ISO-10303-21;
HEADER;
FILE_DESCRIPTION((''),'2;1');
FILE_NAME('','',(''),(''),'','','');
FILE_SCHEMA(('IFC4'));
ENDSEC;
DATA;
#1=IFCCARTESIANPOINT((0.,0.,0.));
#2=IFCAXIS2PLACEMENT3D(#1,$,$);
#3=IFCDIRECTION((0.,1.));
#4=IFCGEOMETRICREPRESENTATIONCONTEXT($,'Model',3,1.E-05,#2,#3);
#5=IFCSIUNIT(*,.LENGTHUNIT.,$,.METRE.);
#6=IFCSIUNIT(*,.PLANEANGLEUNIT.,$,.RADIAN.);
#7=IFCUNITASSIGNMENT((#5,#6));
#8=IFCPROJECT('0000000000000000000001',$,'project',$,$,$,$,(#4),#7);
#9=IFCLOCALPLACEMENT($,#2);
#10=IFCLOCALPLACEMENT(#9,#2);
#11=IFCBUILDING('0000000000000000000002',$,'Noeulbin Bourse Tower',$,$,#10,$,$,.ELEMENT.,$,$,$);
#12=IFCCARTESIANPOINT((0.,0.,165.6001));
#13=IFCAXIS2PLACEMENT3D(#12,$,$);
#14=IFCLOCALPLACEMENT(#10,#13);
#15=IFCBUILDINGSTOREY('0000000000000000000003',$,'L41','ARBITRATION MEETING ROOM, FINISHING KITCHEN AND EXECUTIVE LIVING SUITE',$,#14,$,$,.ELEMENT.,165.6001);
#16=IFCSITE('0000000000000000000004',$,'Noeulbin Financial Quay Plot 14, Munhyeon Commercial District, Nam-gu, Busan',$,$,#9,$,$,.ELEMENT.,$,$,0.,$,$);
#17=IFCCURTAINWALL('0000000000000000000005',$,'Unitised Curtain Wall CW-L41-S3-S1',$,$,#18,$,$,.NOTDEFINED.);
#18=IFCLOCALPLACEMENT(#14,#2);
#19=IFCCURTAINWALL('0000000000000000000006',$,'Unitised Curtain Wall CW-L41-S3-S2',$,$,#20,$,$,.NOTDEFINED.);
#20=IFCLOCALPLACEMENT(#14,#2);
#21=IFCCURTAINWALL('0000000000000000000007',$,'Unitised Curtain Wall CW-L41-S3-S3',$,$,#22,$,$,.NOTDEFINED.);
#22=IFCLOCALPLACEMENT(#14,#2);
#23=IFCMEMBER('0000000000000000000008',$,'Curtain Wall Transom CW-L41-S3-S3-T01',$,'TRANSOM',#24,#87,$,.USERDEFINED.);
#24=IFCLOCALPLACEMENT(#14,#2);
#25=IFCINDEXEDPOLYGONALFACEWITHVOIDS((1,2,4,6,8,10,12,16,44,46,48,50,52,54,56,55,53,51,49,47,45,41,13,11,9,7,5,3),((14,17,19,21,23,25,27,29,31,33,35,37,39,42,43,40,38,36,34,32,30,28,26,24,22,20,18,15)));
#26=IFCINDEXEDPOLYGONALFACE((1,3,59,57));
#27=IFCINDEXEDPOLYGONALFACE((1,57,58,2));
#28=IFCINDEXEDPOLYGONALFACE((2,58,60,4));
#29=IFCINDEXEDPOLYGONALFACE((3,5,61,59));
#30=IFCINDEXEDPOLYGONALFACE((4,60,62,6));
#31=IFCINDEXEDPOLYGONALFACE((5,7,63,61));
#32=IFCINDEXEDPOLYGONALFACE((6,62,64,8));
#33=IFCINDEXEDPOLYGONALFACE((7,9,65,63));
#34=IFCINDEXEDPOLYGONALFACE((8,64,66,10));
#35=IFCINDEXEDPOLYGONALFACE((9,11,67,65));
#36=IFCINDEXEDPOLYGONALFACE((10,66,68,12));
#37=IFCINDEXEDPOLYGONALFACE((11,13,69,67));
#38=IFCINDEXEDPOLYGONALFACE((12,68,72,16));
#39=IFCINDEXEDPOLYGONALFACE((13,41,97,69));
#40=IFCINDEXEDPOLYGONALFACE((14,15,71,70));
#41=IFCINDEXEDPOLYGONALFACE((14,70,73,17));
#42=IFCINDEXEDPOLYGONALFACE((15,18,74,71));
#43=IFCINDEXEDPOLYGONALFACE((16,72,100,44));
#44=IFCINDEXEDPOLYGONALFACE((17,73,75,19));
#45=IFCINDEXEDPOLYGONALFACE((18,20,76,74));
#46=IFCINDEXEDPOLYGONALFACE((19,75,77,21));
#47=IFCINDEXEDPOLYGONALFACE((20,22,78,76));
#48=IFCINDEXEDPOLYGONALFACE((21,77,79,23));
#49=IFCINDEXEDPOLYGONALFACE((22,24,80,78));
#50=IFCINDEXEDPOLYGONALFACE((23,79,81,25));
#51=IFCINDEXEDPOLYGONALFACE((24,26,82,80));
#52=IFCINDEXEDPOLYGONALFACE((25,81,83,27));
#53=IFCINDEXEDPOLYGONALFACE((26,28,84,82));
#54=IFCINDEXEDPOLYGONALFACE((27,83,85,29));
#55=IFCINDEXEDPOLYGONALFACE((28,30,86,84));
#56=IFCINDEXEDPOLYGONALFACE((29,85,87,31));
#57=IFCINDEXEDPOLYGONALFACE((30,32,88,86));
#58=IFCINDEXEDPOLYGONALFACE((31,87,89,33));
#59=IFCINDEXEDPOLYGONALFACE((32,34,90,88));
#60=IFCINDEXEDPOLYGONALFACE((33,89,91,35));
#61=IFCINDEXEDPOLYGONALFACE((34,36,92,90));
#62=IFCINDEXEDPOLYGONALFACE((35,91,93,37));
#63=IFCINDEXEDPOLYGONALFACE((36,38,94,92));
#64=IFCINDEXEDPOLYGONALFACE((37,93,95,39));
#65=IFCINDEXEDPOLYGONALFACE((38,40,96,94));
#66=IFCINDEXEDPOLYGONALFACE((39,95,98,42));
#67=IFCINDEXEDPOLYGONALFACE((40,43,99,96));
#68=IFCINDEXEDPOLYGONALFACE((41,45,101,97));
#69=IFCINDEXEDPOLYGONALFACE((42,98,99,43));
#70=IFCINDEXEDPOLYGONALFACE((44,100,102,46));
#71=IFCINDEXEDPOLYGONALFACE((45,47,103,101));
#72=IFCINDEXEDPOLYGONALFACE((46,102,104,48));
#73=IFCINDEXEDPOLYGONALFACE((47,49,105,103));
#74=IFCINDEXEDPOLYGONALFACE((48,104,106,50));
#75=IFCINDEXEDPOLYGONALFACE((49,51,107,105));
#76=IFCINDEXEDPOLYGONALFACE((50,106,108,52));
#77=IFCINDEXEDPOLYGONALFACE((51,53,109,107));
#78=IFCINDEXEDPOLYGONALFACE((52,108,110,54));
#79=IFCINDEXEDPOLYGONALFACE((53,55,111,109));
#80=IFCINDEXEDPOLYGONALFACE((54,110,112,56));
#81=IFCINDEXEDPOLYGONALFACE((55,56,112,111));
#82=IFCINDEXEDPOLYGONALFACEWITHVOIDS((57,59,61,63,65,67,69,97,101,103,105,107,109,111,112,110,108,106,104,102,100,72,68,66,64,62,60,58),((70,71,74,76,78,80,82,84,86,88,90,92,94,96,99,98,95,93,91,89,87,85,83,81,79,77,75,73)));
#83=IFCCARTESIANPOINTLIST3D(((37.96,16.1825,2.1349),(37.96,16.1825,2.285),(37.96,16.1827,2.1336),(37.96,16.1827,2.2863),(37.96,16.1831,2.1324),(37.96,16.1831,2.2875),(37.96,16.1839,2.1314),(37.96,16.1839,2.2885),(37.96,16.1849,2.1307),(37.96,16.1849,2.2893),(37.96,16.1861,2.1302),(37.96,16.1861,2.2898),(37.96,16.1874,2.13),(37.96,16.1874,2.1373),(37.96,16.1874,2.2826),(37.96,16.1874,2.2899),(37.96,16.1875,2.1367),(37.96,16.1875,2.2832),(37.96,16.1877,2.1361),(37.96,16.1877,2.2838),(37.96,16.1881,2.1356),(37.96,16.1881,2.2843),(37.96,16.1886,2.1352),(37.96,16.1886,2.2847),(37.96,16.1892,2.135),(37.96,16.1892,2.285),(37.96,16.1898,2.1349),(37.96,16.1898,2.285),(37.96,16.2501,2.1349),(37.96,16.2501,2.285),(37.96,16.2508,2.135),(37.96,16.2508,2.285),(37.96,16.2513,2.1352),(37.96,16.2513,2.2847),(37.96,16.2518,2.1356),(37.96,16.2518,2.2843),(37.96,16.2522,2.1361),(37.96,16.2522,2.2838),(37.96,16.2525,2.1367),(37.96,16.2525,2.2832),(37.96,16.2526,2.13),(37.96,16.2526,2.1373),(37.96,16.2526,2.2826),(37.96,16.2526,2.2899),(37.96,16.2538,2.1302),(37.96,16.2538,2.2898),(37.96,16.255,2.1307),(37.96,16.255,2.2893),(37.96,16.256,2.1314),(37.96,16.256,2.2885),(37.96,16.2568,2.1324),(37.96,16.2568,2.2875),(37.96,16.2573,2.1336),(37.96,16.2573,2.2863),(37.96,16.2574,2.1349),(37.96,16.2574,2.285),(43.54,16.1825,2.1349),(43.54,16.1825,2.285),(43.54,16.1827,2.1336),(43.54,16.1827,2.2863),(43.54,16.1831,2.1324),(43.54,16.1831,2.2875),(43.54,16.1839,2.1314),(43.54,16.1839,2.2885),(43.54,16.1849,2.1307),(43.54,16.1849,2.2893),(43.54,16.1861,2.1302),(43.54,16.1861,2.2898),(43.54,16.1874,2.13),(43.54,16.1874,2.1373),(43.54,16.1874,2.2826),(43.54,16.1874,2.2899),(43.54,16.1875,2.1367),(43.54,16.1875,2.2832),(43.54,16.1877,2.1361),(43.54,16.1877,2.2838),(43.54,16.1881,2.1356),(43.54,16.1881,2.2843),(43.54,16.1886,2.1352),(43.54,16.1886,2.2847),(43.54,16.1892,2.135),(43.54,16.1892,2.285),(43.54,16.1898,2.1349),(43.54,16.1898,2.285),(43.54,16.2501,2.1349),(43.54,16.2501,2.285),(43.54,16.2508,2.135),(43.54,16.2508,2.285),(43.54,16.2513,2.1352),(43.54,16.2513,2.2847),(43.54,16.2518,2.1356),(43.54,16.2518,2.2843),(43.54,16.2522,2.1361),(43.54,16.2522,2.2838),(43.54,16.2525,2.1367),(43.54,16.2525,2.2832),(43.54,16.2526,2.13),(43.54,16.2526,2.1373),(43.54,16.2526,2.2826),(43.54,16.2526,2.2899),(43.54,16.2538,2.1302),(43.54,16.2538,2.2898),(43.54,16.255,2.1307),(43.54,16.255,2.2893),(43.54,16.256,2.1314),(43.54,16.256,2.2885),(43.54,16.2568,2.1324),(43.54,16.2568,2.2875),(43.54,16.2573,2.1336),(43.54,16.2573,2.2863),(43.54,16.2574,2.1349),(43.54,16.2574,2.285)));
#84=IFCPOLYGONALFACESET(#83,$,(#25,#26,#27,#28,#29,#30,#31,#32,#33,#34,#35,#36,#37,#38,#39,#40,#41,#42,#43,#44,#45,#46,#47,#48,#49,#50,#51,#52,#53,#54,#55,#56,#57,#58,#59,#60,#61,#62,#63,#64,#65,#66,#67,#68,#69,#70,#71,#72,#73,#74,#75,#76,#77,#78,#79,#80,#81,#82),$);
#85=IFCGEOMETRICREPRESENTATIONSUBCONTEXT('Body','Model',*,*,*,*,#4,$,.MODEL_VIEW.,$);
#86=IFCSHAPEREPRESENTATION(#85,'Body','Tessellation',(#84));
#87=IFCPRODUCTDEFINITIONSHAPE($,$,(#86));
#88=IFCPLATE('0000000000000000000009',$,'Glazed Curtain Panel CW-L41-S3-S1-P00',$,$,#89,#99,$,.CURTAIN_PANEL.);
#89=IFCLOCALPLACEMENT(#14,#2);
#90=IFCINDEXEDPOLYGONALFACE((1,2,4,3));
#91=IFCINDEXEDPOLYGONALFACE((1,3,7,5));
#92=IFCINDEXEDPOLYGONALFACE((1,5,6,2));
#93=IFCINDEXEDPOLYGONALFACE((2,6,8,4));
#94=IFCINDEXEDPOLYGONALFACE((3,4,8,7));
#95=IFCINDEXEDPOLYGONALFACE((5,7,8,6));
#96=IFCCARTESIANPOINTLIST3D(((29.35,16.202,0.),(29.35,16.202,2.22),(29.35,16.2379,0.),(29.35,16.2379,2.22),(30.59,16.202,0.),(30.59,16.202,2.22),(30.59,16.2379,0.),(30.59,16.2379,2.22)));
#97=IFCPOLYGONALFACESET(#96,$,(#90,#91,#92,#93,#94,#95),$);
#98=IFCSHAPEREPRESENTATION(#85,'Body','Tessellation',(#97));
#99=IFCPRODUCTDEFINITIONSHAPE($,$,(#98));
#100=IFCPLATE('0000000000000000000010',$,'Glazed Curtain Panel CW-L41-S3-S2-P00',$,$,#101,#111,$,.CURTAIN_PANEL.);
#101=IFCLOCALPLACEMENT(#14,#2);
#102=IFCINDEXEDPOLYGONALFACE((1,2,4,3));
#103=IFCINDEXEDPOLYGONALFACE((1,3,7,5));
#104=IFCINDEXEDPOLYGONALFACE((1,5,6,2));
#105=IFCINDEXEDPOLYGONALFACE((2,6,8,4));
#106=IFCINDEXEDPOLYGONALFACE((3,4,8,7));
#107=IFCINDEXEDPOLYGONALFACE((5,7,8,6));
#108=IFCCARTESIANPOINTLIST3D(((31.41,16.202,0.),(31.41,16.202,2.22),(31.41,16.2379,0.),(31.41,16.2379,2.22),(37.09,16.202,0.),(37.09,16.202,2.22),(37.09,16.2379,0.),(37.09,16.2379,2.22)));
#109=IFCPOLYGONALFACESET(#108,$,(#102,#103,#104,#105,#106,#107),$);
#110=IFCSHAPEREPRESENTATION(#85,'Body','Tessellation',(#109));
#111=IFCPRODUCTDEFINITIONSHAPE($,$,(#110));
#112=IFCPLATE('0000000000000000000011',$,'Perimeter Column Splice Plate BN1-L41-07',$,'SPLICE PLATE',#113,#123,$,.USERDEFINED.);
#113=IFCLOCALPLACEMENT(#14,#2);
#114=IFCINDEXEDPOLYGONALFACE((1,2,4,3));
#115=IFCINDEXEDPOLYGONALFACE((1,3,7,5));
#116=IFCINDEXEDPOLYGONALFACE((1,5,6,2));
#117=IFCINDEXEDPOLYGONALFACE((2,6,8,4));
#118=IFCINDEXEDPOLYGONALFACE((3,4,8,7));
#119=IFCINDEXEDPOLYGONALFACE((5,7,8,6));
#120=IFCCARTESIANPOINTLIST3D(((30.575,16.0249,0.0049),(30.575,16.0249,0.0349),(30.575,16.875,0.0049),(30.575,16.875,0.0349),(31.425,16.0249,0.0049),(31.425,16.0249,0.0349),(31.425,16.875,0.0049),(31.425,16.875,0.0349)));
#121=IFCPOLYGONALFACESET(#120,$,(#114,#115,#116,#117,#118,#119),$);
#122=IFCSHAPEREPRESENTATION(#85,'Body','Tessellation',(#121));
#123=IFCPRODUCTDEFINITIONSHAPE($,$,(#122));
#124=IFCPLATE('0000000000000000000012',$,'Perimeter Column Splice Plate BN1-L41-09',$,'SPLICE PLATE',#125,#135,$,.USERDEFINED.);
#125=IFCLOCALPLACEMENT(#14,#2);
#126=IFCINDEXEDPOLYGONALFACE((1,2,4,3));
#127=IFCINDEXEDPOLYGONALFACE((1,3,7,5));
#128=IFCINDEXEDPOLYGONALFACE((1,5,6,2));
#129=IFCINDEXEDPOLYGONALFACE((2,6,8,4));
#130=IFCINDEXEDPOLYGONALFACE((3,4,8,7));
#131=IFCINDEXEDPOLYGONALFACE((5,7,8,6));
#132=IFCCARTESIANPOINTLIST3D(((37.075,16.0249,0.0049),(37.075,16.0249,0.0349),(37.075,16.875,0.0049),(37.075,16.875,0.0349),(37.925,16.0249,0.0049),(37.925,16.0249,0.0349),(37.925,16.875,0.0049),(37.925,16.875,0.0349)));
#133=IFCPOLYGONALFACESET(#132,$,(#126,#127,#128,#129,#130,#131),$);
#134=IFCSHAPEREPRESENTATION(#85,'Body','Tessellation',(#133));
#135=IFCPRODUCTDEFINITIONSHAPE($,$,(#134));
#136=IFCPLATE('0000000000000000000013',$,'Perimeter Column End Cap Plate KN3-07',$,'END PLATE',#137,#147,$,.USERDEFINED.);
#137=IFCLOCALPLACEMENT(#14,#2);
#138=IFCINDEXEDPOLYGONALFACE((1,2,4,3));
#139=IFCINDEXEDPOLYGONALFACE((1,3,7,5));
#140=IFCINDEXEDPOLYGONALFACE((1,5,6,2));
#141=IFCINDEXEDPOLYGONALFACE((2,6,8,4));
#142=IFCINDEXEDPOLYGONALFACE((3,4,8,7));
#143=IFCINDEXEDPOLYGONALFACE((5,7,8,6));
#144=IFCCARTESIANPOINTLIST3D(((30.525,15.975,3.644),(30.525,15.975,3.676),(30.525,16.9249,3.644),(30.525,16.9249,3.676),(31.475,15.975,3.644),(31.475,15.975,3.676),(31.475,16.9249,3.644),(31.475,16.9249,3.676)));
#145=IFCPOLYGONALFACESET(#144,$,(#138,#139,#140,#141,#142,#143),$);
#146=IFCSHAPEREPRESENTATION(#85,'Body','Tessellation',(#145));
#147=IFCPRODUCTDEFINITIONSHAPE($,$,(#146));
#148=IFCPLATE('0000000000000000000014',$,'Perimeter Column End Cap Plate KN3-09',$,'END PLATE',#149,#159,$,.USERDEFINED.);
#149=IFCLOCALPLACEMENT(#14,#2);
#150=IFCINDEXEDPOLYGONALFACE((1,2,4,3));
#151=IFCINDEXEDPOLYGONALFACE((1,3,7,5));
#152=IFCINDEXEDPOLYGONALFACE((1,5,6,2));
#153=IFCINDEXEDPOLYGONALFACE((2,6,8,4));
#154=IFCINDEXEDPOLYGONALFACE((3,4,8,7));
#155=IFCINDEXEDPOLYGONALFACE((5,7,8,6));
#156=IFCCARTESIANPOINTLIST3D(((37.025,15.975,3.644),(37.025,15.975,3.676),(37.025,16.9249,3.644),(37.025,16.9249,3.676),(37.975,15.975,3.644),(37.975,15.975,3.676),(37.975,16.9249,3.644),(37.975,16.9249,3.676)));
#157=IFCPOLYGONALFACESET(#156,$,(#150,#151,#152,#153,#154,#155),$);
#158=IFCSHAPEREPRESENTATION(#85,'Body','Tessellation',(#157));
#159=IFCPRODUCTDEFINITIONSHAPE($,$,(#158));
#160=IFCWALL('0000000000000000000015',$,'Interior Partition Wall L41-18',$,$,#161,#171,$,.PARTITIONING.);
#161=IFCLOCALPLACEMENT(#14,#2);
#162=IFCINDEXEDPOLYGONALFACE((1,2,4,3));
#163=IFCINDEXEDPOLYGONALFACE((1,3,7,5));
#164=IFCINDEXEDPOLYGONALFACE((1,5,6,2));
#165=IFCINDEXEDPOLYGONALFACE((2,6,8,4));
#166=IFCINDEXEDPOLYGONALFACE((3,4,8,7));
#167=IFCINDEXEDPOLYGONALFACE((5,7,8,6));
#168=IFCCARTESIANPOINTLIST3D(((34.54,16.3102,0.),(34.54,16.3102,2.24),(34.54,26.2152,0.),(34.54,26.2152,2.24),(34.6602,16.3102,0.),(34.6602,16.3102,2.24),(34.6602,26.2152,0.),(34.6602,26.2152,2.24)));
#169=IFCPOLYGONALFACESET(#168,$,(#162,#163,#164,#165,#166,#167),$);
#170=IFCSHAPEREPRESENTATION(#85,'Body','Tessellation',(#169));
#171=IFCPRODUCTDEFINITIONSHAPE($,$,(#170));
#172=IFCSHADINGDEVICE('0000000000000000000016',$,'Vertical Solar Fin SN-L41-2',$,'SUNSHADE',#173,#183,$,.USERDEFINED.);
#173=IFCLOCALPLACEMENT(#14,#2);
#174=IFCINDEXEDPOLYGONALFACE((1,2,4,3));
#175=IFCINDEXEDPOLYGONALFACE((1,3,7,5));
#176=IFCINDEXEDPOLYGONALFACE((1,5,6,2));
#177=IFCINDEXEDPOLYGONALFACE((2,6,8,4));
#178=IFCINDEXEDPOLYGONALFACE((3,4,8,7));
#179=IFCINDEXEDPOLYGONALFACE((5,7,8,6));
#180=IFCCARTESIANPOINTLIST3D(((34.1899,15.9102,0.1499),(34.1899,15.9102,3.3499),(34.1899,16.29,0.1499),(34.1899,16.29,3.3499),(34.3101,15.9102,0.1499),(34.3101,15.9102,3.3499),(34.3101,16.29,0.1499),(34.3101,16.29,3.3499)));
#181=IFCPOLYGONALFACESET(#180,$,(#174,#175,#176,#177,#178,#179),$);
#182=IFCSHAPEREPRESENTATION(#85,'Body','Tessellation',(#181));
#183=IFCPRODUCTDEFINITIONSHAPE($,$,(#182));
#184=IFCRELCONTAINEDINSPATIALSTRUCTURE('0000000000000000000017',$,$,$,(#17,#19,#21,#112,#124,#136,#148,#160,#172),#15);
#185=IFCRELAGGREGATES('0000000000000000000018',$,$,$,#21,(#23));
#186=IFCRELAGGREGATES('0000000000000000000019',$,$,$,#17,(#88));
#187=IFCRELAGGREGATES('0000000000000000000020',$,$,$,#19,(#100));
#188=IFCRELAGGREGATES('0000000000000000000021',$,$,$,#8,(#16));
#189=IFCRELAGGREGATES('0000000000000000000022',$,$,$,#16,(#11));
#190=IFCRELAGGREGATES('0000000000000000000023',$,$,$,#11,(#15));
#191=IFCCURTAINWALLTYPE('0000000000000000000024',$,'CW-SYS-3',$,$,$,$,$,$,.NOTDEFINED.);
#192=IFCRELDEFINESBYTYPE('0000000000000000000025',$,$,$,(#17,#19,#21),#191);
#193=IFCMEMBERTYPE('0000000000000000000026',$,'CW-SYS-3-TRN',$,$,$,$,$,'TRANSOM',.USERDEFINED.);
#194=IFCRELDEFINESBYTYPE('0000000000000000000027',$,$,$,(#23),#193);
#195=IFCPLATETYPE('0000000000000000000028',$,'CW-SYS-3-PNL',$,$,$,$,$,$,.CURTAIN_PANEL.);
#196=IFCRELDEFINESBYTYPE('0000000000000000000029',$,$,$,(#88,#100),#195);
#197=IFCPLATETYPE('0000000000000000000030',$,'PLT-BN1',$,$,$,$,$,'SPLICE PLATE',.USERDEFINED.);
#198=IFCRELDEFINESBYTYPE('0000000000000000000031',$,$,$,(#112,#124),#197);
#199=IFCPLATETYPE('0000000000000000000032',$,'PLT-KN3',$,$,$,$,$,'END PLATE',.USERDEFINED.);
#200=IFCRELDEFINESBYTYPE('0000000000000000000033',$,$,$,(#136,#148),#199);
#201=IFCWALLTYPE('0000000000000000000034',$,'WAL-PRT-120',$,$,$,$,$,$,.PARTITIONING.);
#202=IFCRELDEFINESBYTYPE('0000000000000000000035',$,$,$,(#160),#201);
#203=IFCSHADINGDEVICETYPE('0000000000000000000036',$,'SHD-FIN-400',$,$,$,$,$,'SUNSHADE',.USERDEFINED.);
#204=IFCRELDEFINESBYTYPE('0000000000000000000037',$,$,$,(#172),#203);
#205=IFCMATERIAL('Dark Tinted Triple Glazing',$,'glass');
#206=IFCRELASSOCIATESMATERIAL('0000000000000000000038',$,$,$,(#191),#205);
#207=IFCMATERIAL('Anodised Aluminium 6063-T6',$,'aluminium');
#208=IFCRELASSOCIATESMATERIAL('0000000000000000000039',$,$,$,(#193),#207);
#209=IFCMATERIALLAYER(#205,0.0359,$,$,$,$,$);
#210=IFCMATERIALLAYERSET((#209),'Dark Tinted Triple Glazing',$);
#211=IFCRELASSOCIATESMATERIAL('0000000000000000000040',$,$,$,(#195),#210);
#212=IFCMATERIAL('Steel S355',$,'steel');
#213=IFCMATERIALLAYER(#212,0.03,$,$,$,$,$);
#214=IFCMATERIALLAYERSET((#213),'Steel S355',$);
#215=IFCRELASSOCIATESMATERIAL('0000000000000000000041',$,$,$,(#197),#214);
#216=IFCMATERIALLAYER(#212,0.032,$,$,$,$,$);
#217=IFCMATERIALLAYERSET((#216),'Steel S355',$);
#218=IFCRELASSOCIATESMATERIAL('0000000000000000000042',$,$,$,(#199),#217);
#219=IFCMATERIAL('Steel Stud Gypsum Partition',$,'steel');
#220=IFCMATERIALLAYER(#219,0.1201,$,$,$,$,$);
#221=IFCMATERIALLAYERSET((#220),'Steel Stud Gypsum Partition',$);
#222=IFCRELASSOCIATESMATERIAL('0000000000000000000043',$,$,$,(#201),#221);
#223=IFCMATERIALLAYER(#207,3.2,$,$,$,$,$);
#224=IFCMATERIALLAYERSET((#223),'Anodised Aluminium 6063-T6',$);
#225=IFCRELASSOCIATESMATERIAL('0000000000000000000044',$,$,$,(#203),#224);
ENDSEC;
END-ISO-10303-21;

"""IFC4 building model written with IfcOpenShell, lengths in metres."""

from ifc_helpers import new_model, si_unit, direction, frame, frame_2d, origin, origin_2d, place, context, subcontext, project, spatial, rectangle, hollow_rectangle, extrude, material, layer, layer_set, material_profile, profile_set, type_object, element, aggregate, save


model = new_model("IFC4")

# Units and contexts
model_context = context("Model", 3, precision=1e-05, world=origin(), true_north=direction((0.0, 1.0)))
body_context = subcontext(model_context, "Body", "Model", "MODEL_VIEW")
ifc_project = project(units=[si_unit("LENGTHUNIT", "METRE"), si_unit("PLANEANGLEUNIT", "RADIAN")], contexts=[model_context])

# Site, building, storey
site_placement = place(None, origin())
site = spatial("IfcSite", under=ifc_project, at=site_placement, Name="Noeulbin Financial Quay Plot 14, Munhyeon Commercial District, Nam-gu, Busan", CompositionType="ELEMENT", RefElevation=0.0)
building_placement = place(site_placement, origin())
building = spatial("IfcBuilding", under=site, at=building_placement, Name="Noeulbin Bourse Tower", CompositionType="ELEMENT")
storey_placement = place(building_placement, frame((0.0, 0.0, 165.6001)))
storey = spatial("IfcBuildingStorey", under=building, at=storey_placement, Name="L41", Description="ARBITRATION MEETING ROOM, FINISHING KITCHEN AND EXECUTIVE LIVING SUITE", CompositionType="ELEMENT", Elevation=165.6001)

# Shared definitions
ifc_material_1 = material(Name="Steel S355", Category="steel")

# Curtain wall
ifc_material_2 = material(Name="Dark Tinted Triple Glazing", Category="glass")
curtain_wall_type = type_object("IfcCurtainWallType", Name="CW-SYS-3", PredefinedType="NOTDEFINED", material=ifc_material_2)
curtain_wall_1_placement = place(storey_placement, origin())
curtain_wall_1 = element("IfcCurtainWall", 1, at=curtain_wall_1_placement, inside=storey, type_object=curtain_wall_type, Name="Unitised Curtain Wall CW-L41-S3-S1", PredefinedType="NOTDEFINED")
ifc_material_3 = material(Name="Anodised Aluminium 6063-T6", Category="aluminium")

# Curtain wall
curtain_wall_2_placement = place(storey_placement, origin())
curtain_wall_2 = element("IfcCurtainWall", 2, at=curtain_wall_2_placement, inside=storey, type_object=curtain_wall_type, Name="Unitised Curtain Wall CW-L41-S3-S2", PredefinedType="NOTDEFINED")

# Curtain wall
curtain_wall_3_placement = place(storey_placement, origin())
curtain_wall_3 = element("IfcCurtainWall", 3, at=curtain_wall_3_placement, inside=storey, type_object=curtain_wall_type, Name="Unitised Curtain Wall CW-L41-S3-S3", PredefinedType="NOTDEFINED")

# Member
ifc_material_profile_1 = material_profile(ifc_material_3, hollow_rectangle(XDim=0.075, YDim=0.1599, WallThickness=0.0049, InnerFilletRadius=0.0024, OuterFilletRadius=0.0049, at=origin_2d()), Name="ALU-TRAN-75x160x5", Category="LoadBearing")
ifc_profile_set_1 = profile_set([ifc_material_profile_1], Name="Anodised Aluminium 6063-T6")
member_type_1 = type_object("IfcMemberType", Name="CW-SYS-3-TRN", ElementType="TRANSOM", PredefinedType="USERDEFINED", material=ifc_profile_set_1)
member_1_placement = place(storey_placement, frame((37.96, 16.22, 2.21), z_axis=(1.0, 0.0, 0.0), x_axis=(0.0, 1.0, 0.0)))
member_1 = element("IfcMember", 4, at=member_1_placement, type_object=member_type_1, Name="Curtain Wall Transom CW-L41-S3-S3-T01", ObjectType="TRANSOM", PredefinedType="USERDEFINED", context=body_context, shape_type="SweptSolid", body=[
    extrude(hollow_rectangle(XDim=0.075, YDim=0.1599, WallThickness=0.0049, InnerFilletRadius=0.0024, OuterFilletRadius=0.0049, at=origin_2d()), origin(), (0.0, 0.0, 1.0), 5.5801),
])
aggregate(curtain_wall_3, [member_1])

# Plates
ifc_layer_1 = layer(ifc_material_2, 0.0359)
ifc_layer_set_1 = layer_set([ifc_layer_1], Name="Dark Tinted Triple Glazing")
plate_type_1 = type_object("IfcPlateType", Name="CW-SYS-3-PNL", PredefinedType="CURTAIN_PANEL", material=ifc_layer_set_1)
plate_1_placement = place(storey_placement, frame((29.97, 16.22, 0.0), z_axis=(0.0, 0.0, 1.0), x_axis=(1.0, 0.0, 0.0)))
plate_1 = element("IfcPlate", 5, at=plate_1_placement, type_object=plate_type_1, Name="Glazed Curtain Panel CW-L41-S3-S1-P00", PredefinedType="CURTAIN_PANEL", context=body_context, shape_type="SweptSolid", body=[
    extrude(rectangle(XDim=1.24, YDim=0.0359, at=origin_2d()), origin(), (0.0, 0.0, 1.0), 2.22),
])
aggregate(curtain_wall_1, [plate_1])
plate_2_placement = place(storey_placement, frame((34.25, 16.22, 0.0), z_axis=(0.0, 0.0, 1.0), x_axis=(1.0, 0.0, 0.0)))
plate_2 = element("IfcPlate", 6, at=plate_2_placement, type_object=plate_type_1, Name="Glazed Curtain Panel CW-L41-S3-S2-P00", PredefinedType="CURTAIN_PANEL", context=body_context, shape_type="SweptSolid", body=[
    extrude(rectangle(XDim=5.6799, YDim=0.0359, at=origin_2d()), origin(), (0.0, 0.0, 1.0), 2.22),
])
aggregate(curtain_wall_2, [plate_2])

# Plates
ifc_layer_2 = layer(ifc_material_1, 0.03)
ifc_layer_set_2 = layer_set([ifc_layer_2], Name="Steel S355")
plate_type_2 = type_object("IfcPlateType", Name="PLT-BN1", ElementType="SPLICE PLATE", PredefinedType="USERDEFINED", material=ifc_layer_set_2)
for number, where, z_axis, x_axis, name in (
    (7, (31.0, 16.45, 0.0049), (0.0, 0.0, 1.0), (1.0, 0.0, 0.0), "Perimeter Column Splice Plate BN1-L41-07"),
    (8, (37.5, 16.45, 0.0049), (0.0, 0.0, 1.0), (1.0, 0.0, 0.0), "Perimeter Column Splice Plate BN1-L41-09"),
):
    element("IfcPlate", number, at=place(storey_placement, frame(where, z_axis=z_axis, x_axis=x_axis)), inside=storey, type_object=plate_type_2, Name=name, ObjectType="SPLICE PLATE", PredefinedType="USERDEFINED", context=body_context, shape_type="SweptSolid", body=[
        extrude(rectangle(XDim=0.8501, YDim=0.8501, at=origin_2d()), origin(), (0.0, 0.0, 1.0), 0.03),
    ])
ifc_layer_3 = layer(ifc_material_1, 0.032)
ifc_layer_set_3 = layer_set([ifc_layer_3], Name="Steel S355")
plate_type_3 = type_object("IfcPlateType", Name="PLT-KN3", ElementType="END PLATE", PredefinedType="USERDEFINED", material=ifc_layer_set_3)
for number, where, z_axis, x_axis, name in (
    (9, (31.0, 16.45, 3.644), (0.0, 0.0, 1.0), (1.0, 0.0, 0.0), "Perimeter Column End Cap Plate KN3-07"),
    (10, (37.5, 16.45, 3.644), (0.0, 0.0, 1.0), (1.0, 0.0, 0.0), "Perimeter Column End Cap Plate KN3-09"),
):
    element("IfcPlate", number, at=place(storey_placement, frame(where, z_axis=z_axis, x_axis=x_axis)), inside=storey, type_object=plate_type_3, Name=name, ObjectType="END PLATE", PredefinedType="USERDEFINED", context=body_context, shape_type="SweptSolid", body=[
        extrude(rectangle(XDim=0.95, YDim=0.95, at=origin_2d()), origin(), (0.0, 0.0, 1.0), 0.032),
    ])

# Wall
ifc_material_4 = material(Name="Steel Stud Gypsum Partition", Category="steel")
ifc_layer_4 = layer(ifc_material_4, 0.1201)
ifc_layer_set_4 = layer_set([ifc_layer_4], Name="Steel Stud Gypsum Partition")
wall_type = type_object("IfcWallType", Name="WAL-PRT-120", PredefinedType="PARTITIONING", material=ifc_layer_set_4)
wall_placement = place(storey_placement, frame((34.6001, 16.3101, 0.0), z_axis=(0.0, 0.0, 1.0), x_axis=(0.0, 1.0, 0.0)))
element("IfcWall", 11, at=wall_placement, inside=storey, type_object=wall_type, Name="Interior Partition Wall L41-18", PredefinedType="PARTITIONING", context=body_context, shape_type="SweptSolid", body=[
    extrude(rectangle(XDim=9.905, YDim=0.1201, at=frame_2d((4.9526, 0.0))), origin(), (0.0, 0.0, 1.0), 2.24),
])

# Shading device
ifc_layer_5 = layer(ifc_material_3, 3.2)
ifc_layer_set_5 = layer_set([ifc_layer_5], Name="Anodised Aluminium 6063-T6")
shading_device_type = type_object("IfcShadingDeviceType", Name="SHD-FIN-400", ElementType="SUNSHADE", PredefinedType="USERDEFINED", material=ifc_layer_set_5)
shading_device_placement = place(storey_placement, frame((34.25, 16.1001, 0.1499), z_axis=(0.0, 0.0, 1.0), x_axis=(1.0, 0.0, 0.0)))
element("IfcShadingDevice", 12, at=shading_device_placement, inside=storey, type_object=shading_device_type, Name="Vertical Solar Fin SN-L41-2", ObjectType="SUNSHADE", PredefinedType="USERDEFINED", context=body_context, shape_type="SweptSolid", body=[
    extrude(rectangle(XDim=0.1201, YDim=0.3799, at=origin_2d()), origin(), (0.0, 0.0, 1.0), 3.2),
])

save(model, "model.ifc")
